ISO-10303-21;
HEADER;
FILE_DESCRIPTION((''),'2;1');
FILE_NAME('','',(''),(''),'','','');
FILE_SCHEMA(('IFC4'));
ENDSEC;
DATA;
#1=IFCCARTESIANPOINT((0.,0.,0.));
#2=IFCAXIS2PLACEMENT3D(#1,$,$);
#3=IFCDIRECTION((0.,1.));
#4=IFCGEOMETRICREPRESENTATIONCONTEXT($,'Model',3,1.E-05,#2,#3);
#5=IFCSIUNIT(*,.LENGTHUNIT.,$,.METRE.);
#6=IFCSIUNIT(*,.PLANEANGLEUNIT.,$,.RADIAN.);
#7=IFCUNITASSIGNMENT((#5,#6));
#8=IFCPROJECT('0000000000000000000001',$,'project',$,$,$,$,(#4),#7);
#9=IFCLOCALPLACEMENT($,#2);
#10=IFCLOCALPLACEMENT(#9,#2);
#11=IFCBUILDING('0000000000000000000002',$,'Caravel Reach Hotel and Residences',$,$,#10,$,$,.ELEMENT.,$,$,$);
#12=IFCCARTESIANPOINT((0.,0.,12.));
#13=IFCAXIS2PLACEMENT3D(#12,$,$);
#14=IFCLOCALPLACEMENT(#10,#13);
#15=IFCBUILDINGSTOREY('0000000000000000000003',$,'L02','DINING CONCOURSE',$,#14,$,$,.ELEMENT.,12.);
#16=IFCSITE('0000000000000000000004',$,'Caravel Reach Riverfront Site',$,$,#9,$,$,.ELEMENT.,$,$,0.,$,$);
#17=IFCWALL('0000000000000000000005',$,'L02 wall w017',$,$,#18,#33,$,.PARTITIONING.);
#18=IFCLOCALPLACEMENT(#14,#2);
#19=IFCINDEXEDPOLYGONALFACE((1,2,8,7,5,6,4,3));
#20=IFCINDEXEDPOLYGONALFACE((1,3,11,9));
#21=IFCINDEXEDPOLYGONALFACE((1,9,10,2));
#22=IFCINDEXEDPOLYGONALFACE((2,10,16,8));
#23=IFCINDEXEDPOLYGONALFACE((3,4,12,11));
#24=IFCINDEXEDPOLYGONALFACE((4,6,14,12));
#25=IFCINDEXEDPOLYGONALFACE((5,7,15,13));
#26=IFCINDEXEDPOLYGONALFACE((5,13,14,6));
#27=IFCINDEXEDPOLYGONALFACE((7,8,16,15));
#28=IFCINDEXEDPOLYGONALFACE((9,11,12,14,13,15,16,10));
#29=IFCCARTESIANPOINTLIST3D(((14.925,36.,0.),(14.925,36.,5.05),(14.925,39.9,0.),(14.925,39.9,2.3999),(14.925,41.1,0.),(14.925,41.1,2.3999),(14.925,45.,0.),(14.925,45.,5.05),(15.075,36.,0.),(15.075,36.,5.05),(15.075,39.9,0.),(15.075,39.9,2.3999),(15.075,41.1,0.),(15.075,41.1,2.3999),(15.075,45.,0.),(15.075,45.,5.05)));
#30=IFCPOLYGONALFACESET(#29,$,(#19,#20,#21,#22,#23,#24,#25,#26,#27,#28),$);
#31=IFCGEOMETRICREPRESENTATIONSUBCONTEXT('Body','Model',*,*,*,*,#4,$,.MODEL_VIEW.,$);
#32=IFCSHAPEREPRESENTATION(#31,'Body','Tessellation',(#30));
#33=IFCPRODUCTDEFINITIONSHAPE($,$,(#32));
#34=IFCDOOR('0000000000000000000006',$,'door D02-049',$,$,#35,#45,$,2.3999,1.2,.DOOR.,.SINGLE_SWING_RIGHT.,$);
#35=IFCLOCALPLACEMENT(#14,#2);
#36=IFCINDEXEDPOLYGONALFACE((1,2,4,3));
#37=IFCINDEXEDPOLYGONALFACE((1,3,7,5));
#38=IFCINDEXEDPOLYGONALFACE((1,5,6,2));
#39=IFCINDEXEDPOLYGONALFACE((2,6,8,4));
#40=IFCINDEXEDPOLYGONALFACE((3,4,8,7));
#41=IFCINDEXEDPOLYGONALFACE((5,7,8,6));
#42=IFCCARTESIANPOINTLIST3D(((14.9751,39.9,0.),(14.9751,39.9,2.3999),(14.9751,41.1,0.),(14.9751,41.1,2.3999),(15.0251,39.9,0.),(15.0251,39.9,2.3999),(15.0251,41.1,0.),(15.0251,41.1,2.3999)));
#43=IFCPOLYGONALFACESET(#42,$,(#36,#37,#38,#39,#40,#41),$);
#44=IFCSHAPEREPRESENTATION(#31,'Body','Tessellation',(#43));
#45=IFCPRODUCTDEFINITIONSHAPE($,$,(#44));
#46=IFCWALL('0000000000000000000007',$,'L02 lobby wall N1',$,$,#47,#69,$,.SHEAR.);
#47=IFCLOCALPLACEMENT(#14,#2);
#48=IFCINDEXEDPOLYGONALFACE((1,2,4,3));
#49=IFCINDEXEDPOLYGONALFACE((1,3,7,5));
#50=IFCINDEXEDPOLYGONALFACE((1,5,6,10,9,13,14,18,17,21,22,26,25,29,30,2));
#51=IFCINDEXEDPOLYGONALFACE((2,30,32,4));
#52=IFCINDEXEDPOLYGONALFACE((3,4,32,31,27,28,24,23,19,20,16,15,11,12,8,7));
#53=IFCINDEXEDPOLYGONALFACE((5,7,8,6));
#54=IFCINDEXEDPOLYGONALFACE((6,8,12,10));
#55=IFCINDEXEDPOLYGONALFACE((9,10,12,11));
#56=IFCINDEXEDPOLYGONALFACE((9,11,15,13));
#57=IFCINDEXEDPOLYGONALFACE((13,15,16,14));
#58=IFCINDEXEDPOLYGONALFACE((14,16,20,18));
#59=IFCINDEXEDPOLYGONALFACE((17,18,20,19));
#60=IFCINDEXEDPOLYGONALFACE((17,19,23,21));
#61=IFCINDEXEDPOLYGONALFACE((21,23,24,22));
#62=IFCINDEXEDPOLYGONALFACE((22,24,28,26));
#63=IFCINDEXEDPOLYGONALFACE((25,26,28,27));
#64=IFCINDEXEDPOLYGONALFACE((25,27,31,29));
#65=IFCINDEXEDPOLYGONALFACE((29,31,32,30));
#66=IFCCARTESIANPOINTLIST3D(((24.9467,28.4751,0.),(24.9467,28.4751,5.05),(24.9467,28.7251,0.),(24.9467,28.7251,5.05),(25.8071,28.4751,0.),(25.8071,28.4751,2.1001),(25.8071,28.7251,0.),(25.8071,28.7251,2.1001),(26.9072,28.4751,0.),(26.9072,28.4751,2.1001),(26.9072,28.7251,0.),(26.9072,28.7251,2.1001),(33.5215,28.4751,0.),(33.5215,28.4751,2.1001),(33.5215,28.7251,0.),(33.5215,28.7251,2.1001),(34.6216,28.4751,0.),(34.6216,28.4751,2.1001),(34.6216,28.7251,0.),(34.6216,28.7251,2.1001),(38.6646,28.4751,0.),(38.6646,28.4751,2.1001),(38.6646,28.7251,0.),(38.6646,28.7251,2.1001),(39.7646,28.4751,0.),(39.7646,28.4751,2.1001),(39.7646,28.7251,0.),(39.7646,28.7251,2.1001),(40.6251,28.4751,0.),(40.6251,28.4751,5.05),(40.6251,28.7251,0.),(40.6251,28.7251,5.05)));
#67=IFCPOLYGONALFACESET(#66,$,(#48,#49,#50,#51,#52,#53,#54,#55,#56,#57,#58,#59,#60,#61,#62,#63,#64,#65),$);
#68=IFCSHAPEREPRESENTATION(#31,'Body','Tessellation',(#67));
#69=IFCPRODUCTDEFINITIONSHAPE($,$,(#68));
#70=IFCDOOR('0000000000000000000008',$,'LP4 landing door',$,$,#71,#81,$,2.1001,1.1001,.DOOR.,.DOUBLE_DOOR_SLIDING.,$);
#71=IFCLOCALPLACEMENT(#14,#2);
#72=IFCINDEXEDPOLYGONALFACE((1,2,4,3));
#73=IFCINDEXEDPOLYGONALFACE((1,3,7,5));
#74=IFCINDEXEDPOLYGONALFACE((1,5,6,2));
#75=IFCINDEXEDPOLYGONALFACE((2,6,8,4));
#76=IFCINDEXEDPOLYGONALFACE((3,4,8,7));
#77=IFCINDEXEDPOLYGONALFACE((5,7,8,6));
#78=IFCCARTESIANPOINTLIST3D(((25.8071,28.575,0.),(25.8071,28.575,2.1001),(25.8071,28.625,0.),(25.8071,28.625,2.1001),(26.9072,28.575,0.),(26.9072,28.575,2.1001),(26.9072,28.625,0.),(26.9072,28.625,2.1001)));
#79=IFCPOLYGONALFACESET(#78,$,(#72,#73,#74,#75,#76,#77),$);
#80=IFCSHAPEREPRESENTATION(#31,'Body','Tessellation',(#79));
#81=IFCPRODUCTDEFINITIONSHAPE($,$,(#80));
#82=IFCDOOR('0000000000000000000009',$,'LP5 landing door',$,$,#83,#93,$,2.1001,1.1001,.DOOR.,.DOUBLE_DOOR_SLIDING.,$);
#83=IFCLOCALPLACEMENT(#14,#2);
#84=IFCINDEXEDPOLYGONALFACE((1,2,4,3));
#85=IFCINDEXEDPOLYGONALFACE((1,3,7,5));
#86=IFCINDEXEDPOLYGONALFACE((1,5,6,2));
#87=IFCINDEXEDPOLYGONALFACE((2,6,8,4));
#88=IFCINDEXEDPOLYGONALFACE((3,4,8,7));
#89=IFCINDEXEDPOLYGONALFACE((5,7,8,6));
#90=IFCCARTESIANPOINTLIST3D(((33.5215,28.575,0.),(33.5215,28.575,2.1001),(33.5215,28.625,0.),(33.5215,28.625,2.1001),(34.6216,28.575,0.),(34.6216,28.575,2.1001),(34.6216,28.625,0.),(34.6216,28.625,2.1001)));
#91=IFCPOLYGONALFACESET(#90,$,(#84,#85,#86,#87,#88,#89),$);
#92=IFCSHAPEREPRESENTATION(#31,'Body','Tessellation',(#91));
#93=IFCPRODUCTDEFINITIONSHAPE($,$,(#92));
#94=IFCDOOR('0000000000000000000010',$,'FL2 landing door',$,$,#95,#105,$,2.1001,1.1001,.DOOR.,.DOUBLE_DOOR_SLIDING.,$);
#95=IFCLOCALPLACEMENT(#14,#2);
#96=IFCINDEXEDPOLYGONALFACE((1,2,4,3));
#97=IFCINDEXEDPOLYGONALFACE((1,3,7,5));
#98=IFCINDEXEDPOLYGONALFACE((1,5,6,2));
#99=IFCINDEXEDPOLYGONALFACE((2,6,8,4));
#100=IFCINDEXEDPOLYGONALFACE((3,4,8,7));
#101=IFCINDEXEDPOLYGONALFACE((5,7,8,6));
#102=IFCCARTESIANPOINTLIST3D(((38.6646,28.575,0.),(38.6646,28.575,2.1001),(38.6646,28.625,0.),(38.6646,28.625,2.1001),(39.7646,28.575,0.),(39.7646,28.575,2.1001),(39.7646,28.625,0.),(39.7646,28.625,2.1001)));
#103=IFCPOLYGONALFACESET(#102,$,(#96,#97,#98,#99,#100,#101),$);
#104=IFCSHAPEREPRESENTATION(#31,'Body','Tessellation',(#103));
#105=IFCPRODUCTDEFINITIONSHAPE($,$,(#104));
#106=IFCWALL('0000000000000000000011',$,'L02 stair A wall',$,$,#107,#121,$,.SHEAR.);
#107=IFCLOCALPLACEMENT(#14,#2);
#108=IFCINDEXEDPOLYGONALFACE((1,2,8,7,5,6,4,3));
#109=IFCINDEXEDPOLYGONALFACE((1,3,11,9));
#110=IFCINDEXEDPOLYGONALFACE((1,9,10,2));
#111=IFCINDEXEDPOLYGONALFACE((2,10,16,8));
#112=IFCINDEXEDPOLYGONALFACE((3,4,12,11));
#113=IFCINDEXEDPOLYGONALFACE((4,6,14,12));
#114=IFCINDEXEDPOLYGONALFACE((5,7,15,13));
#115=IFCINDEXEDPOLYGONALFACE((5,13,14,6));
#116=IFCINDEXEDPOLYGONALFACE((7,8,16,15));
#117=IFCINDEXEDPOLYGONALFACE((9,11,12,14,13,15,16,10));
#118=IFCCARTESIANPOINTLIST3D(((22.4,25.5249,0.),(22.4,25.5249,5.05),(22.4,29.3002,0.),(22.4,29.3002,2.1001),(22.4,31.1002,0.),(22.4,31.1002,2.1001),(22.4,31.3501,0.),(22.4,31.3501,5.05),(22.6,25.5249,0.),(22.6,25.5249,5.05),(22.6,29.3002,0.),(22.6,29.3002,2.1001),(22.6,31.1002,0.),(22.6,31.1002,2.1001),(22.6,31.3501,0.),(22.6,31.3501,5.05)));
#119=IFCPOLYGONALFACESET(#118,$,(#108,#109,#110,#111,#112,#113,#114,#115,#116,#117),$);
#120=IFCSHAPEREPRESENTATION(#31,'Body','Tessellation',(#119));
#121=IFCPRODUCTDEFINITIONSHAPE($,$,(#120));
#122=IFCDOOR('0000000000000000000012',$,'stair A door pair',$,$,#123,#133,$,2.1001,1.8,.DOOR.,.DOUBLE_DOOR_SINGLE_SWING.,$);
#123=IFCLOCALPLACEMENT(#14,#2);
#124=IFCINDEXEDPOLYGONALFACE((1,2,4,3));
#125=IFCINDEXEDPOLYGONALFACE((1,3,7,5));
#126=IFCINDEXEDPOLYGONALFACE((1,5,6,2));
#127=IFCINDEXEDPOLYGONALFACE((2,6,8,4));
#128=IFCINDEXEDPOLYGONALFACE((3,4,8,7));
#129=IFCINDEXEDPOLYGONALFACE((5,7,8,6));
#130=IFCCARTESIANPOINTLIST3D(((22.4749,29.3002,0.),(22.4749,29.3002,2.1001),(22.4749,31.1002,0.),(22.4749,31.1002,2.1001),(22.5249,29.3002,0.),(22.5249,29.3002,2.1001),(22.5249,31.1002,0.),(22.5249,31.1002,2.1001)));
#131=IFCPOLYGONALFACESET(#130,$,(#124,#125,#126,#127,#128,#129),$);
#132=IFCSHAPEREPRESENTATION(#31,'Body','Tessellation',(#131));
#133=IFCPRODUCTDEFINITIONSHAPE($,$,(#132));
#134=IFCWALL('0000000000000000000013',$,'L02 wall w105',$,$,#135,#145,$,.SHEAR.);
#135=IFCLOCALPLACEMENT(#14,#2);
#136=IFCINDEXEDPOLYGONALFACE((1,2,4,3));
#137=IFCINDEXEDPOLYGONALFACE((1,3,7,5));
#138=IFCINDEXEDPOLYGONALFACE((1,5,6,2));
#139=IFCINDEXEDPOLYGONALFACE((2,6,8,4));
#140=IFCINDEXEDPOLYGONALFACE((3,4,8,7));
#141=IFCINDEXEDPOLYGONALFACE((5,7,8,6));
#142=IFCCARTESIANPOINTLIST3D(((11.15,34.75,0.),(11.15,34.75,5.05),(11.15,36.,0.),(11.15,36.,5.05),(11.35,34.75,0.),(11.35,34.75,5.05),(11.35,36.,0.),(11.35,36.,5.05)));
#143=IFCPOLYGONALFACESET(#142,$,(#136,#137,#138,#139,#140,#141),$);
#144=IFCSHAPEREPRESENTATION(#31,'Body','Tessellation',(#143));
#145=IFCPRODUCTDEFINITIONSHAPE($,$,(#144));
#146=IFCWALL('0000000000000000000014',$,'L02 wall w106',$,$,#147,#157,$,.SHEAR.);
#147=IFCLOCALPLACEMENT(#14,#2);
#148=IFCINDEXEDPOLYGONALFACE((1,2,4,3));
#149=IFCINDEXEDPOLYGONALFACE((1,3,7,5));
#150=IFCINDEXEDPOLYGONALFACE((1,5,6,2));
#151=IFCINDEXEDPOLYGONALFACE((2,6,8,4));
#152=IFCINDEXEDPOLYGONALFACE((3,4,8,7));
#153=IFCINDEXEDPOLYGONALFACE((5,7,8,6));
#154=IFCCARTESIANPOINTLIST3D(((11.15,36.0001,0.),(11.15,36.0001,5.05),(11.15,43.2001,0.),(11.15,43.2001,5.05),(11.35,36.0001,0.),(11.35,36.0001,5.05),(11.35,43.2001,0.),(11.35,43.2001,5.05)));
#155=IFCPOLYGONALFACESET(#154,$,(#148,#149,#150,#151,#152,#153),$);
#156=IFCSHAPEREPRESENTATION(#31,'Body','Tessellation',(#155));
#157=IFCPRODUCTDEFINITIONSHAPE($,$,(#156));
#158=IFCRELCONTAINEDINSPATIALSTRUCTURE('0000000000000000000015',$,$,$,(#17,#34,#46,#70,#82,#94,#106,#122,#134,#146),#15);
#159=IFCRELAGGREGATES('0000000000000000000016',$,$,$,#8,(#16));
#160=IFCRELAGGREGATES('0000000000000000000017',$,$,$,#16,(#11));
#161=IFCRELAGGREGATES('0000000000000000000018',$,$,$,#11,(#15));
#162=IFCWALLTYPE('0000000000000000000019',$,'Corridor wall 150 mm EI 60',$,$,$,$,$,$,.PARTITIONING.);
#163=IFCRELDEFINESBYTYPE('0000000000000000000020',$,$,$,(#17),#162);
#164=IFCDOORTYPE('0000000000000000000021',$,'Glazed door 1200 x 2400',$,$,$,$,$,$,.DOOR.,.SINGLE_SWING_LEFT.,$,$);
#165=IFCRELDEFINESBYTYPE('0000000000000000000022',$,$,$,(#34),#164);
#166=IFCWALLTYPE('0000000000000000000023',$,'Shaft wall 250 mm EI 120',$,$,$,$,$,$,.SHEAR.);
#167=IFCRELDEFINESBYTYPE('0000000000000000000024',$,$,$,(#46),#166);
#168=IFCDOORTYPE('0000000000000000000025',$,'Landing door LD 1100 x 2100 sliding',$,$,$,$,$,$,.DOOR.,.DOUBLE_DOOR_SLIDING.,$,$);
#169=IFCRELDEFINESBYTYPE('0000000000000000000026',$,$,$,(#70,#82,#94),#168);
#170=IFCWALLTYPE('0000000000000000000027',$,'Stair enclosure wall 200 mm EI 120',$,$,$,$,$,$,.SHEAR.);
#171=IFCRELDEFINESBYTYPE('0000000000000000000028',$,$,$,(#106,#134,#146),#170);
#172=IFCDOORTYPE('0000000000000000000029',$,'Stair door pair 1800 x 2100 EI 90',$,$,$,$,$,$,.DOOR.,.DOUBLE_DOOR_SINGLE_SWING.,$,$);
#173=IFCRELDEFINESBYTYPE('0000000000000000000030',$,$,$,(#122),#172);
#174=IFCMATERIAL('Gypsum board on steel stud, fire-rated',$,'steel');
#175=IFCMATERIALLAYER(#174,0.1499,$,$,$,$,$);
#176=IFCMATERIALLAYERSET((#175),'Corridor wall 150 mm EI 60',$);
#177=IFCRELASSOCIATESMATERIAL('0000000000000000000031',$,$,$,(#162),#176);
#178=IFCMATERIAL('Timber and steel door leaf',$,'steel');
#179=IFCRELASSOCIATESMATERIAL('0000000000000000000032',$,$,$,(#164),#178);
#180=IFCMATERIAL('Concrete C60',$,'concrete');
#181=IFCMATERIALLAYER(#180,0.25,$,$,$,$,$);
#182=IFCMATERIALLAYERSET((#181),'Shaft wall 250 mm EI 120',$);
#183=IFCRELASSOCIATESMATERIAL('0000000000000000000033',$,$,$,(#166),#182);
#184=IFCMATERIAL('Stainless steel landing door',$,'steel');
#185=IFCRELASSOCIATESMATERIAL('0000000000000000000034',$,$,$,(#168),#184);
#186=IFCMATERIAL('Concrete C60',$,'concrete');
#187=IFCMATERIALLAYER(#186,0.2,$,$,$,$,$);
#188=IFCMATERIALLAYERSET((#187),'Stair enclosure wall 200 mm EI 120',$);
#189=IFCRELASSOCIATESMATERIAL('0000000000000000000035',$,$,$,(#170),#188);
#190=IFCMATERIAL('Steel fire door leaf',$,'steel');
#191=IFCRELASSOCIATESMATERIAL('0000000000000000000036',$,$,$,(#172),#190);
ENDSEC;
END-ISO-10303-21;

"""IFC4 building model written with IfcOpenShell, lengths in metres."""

from ifc_helpers import new_model, si_unit, direction, frame, frame_2d, origin, place, context, subcontext, project, spatial, rectangle, extrude, material, layer, layer_set, type_object, element, fill, save


model = new_model("IFC4")

# Units and contexts
model_context = context("Model", 3, precision=1e-05, world=origin(), true_north=direction((0.0, 1.0)))
body_context = subcontext(model_context, "Body", "Model", "MODEL_VIEW")
ifc_project = project(units=[si_unit("LENGTHUNIT", "METRE"), si_unit("PLANEANGLEUNIT", "RADIAN")], contexts=[model_context])

# Site, building, storey
site_placement = place(None, origin())
site = spatial("IfcSite", under=ifc_project, at=site_placement, Name="Caravel Reach Riverfront Site", CompositionType="ELEMENT", RefElevation=0.0)
building_placement = place(site_placement, origin())
building = spatial("IfcBuilding", under=site, at=building_placement, Name="Caravel Reach Hotel and Residences", CompositionType="ELEMENT")
storey_placement = place(building_placement, frame((0.0, 0.0, 12.0)))
storey = spatial("IfcBuildingStorey", under=building, at=storey_placement, Name="L02", Description="DINING CONCOURSE", CompositionType="ELEMENT", Elevation=12.0)

# Shared definitions
ifc_material_1 = material(Name="Gypsum board on steel stud, fire-rated", Category="steel")
ifc_layer_1 = layer(ifc_material_1, 0.1499)
ifc_layer_set_1 = layer_set([ifc_layer_1], Name="Corridor wall 150 mm EI 60")
wall_type_1 = type_object("IfcWallType", Name="Corridor wall 150 mm EI 60", PredefinedType="PARTITIONING", material=ifc_layer_set_1)

# Wall, opening, door
wall_1_placement = place(storey_placement, frame((15.0, 36.0, 0.0), z_axis=(0.0, 0.0, 1.0), x_axis=(0.0, 1.0, 0.0)))
wall_1 = element("IfcWall", 1, at=wall_1_placement, inside=storey, type_object=wall_type_1, Name="L02 wall w017", PredefinedType="PARTITIONING", context=body_context, shape_type="SweptSolid", body=[
    extrude(rectangle(XDim=9.0, YDim=0.1499, at=frame_2d((4.5, 0.0))), origin(), (0.0, 0.0, 1.0), 5.05),
])
opening_1_placement = place(wall_1_placement, frame((3.8999, 0.0, 0.0)))
opening_1 = element("IfcOpeningElement", 2, at=opening_1_placement, cuts=wall_1, PredefinedType="OPENING", context=body_context, shape_type="SweptSolid", body=[
    extrude(rectangle(XDim=1.2, YDim=2.3999, at=frame_2d((0.6001, 1.2))), frame((0.0, 0.085, 0.0), z_axis=(0.0, -1.0, 0.0), x_axis=(1.0, 0.0, 0.0)), (0.0, 0.0, 1.0), 0.1699),
])
ifc_material_2 = material(Name="Timber and steel door leaf", Category="steel")
door_type_1 = type_object("IfcDoorType", Name="Glazed door 1200 x 2400", OperationType="SINGLE_SWING_LEFT", PredefinedType="DOOR", material=ifc_material_2)
door_1_placement = place(opening_1_placement, origin())
door_1 = element("IfcDoor", 3, at=door_1_placement, inside=storey, type_object=door_type_1, Name="door D02-049", OperationType="SINGLE_SWING_RIGHT", OverallHeight=2.3999, OverallWidth=1.2, PredefinedType="DOOR", context=body_context, shape_type="SweptSolid", body=[
    extrude(rectangle(XDim=1.2, YDim=2.3999, at=frame_2d((0.6001, 1.2))), frame((0.0, 0.0249, 0.0), z_axis=(0.0, -1.0, 0.0), x_axis=(1.0, 0.0, 0.0)), (0.0, 0.0, 1.0), 0.05),
])
fill(opening_1, door_1)

# Wall, openings, doors
ifc_material_3 = material(Name="Concrete C60", Category="concrete")
ifc_layer_2 = layer(ifc_material_3, 0.25)
ifc_layer_set_2 = layer_set([ifc_layer_2], Name="Shaft wall 250 mm EI 120")
wall_type_2 = type_object("IfcWallType", Name="Shaft wall 250 mm EI 120", PredefinedType="SHEAR", material=ifc_layer_set_2)
wall_2_placement = place(storey_placement, frame((24.9465, 28.6001, 0.0), z_axis=(0.0, 0.0, 1.0), x_axis=(1.0, 0.0, 0.0)))
wall_2 = element("IfcWall", 4, at=wall_2_placement, inside=storey, type_object=wall_type_2, Name="L02 lobby wall N1", PredefinedType="SHEAR", context=body_context, shape_type="SweptSolid", body=[
    extrude(rectangle(XDim=15.6785, YDim=0.25, at=frame_2d((7.8394, 0.0))), origin(), (0.0, 0.0, 1.0), 5.05),
])
opening_2_placement = place(wall_2_placement, frame((0.8606, 0.0, 0.0)))
opening_2 = element("IfcOpeningElement", 5, at=opening_2_placement, cuts=wall_2, PredefinedType="OPENING", context=body_context, shape_type="SweptSolid", body=[
    extrude(rectangle(XDim=1.1001, YDim=2.1001, at=frame_2d((0.55, 1.05))), frame((0.0, 0.135, 0.0), z_axis=(0.0, -1.0, 0.0), x_axis=(1.0, 0.0, 0.0)), (0.0, 0.0, 1.0), 0.27),
])
opening_3_placement = place(wall_2_placement, frame((8.575, 0.0, 0.0)))
opening_3 = element("IfcOpeningElement", 6, at=opening_3_placement, cuts=wall_2, PredefinedType="OPENING", context=body_context, shape_type="SweptSolid", body=[
    extrude(rectangle(XDim=1.1001, YDim=2.1001, at=frame_2d((0.55, 1.05))), frame((0.0, 0.135, 0.0), z_axis=(0.0, -1.0, 0.0), x_axis=(1.0, 0.0, 0.0)), (0.0, 0.0, 1.0), 0.27),
])
opening_4_placement = place(wall_2_placement, frame((13.718, 0.0, 0.0)))
opening_4 = element("IfcOpeningElement", 7, at=opening_4_placement, cuts=wall_2, PredefinedType="OPENING", context=body_context, shape_type="SweptSolid", body=[
    extrude(rectangle(XDim=1.1001, YDim=2.1001, at=frame_2d((0.55, 1.05))), frame((0.0, 0.135, 0.0), z_axis=(0.0, -1.0, 0.0), x_axis=(1.0, 0.0, 0.0)), (0.0, 0.0, 1.0), 0.27),
])
ifc_material_4 = material(Name="Stainless steel landing door", Category="steel")
door_type_2 = type_object("IfcDoorType", Name="Landing door LD 1100 x 2100 sliding", OperationType="DOUBLE_DOOR_SLIDING", PredefinedType="DOOR", material=ifc_material_4)
door_2_placement = place(opening_2_placement, origin())
door_2 = element("IfcDoor", 8, at=door_2_placement, inside=storey, type_object=door_type_2, Name="LP4 landing door", OperationType="DOUBLE_DOOR_SLIDING", OverallHeight=2.1001, OverallWidth=1.1001, PredefinedType="DOOR", context=body_context, shape_type="SweptSolid", body=[
    extrude(rectangle(XDim=1.1001, YDim=2.1001, at=frame_2d((0.55, 1.05))), frame((0.0, 0.0249, 0.0), z_axis=(0.0, -1.0, 0.0), x_axis=(1.0, 0.0, 0.0)), (0.0, 0.0, 1.0), 0.05),
])
fill(opening_2, door_2)
door_3_placement = place(opening_3_placement, origin())
door_3 = element("IfcDoor", 9, at=door_3_placement, inside=storey, type_object=door_type_2, Name="LP5 landing door", OperationType="DOUBLE_DOOR_SLIDING", OverallHeight=2.1001, OverallWidth=1.1001, PredefinedType="DOOR", context=body_context, shape_type="SweptSolid", body=[
    extrude(rectangle(XDim=1.1001, YDim=2.1001, at=frame_2d((0.55, 1.05))), frame((0.0, 0.0249, 0.0), z_axis=(0.0, -1.0, 0.0), x_axis=(1.0, 0.0, 0.0)), (0.0, 0.0, 1.0), 0.05),
])
fill(opening_3, door_3)
door_4_placement = place(opening_4_placement, origin())
door_4 = element("IfcDoor", 10, at=door_4_placement, inside=storey, type_object=door_type_2, Name="FL2 landing door", OperationType="DOUBLE_DOOR_SLIDING", OverallHeight=2.1001, OverallWidth=1.1001, PredefinedType="DOOR", context=body_context, shape_type="SweptSolid", body=[
    extrude(rectangle(XDim=1.1001, YDim=2.1001, at=frame_2d((0.55, 1.05))), frame((0.0, 0.0249, 0.0), z_axis=(0.0, -1.0, 0.0), x_axis=(1.0, 0.0, 0.0)), (0.0, 0.0, 1.0), 0.05),
])
fill(opening_4, door_4)

# Wall, opening, door
ifc_material_5 = material(Name="Concrete C60", Category="concrete")
ifc_layer_3 = layer(ifc_material_5, 0.2)
ifc_layer_set_3 = layer_set([ifc_layer_3], Name="Stair enclosure wall 200 mm EI 120")
wall_type_3 = type_object("IfcWallType", Name="Stair enclosure wall 200 mm EI 120", PredefinedType="SHEAR", material=ifc_layer_set_3)
wall_3_placement = place(storey_placement, frame((22.5, 31.3501, 0.0), z_axis=(0.0, 0.0, 1.0), x_axis=(0.0, -1.0, 0.0)))
wall_3 = element("IfcWall", 11, at=wall_3_placement, inside=storey, type_object=wall_type_3, Name="L02 stair A wall", PredefinedType="SHEAR", context=body_context, shape_type="SweptSolid", body=[
    extrude(rectangle(XDim=5.8252, YDim=0.2, at=frame_2d((2.9126, 0.0))), origin(), (0.0, 0.0, 1.0), 5.05),
])
opening_5_placement = place(wall_3_placement, frame((0.25, 0.0, 0.0)))
opening_5 = element("IfcOpeningElement", 12, at=opening_5_placement, cuts=wall_3, PredefinedType="OPENING", context=body_context, shape_type="SweptSolid", body=[
    extrude(rectangle(XDim=1.8, YDim=2.1001, at=frame_2d((0.8999, 1.05))), frame((0.0, 0.1099, 0.0), z_axis=(0.0, -1.0, 0.0), x_axis=(1.0, 0.0, 0.0)), (0.0, 0.0, 1.0), 0.22),
])
ifc_material_6 = material(Name="Steel fire door leaf", Category="steel")
door_type_3 = type_object("IfcDoorType", Name="Stair door pair 1800 x 2100 EI 90", OperationType="DOUBLE_DOOR_SINGLE_SWING", PredefinedType="DOOR", material=ifc_material_6)
door_5_placement = place(opening_5_placement, origin())
door_5 = element("IfcDoor", 13, at=door_5_placement, inside=storey, type_object=door_type_3, Name="stair A door pair", OperationType="DOUBLE_DOOR_SINGLE_SWING", OverallHeight=2.1001, OverallWidth=1.8, PredefinedType="DOOR", context=body_context, shape_type="SweptSolid", body=[
    extrude(rectangle(XDim=1.8, YDim=2.1001, at=frame_2d((0.8999, 1.05))), frame((0.0, 0.0249, 0.0), z_axis=(0.0, -1.0, 0.0), x_axis=(1.0, 0.0, 0.0)), (0.0, 0.0, 1.0), 0.05),
])
fill(opening_5, door_5)

# Walls
wall_4_placement = place(storey_placement, frame((11.25, 34.75, 0.0), z_axis=(0.0, 0.0, 1.0), x_axis=(0.0, 1.0, 0.0)))
element("IfcWall", 14, at=wall_4_placement, inside=storey, type_object=wall_type_3, Name="L02 wall w105", PredefinedType="SHEAR", context=body_context, shape_type="SweptSolid", body=[
    extrude(rectangle(XDim=1.25, YDim=0.2, at=frame_2d((0.625, 0.0))), origin(), (0.0, 0.0, 1.0), 5.05),
])
wall_5_placement = place(storey_placement, frame((11.25, 36.0, 0.0), z_axis=(0.0, 0.0, 1.0), x_axis=(0.0, 1.0, 0.0)))
element("IfcWall", 15, at=wall_5_placement, inside=storey, type_object=wall_type_3, Name="L02 wall w106", PredefinedType="SHEAR", context=body_context, shape_type="SweptSolid", body=[
    extrude(rectangle(XDim=7.2, YDim=0.2, at=frame_2d((3.6001, 0.0))), origin(), (0.0, 0.0, 1.0), 5.05),
])

save(model, "model.ifc")
